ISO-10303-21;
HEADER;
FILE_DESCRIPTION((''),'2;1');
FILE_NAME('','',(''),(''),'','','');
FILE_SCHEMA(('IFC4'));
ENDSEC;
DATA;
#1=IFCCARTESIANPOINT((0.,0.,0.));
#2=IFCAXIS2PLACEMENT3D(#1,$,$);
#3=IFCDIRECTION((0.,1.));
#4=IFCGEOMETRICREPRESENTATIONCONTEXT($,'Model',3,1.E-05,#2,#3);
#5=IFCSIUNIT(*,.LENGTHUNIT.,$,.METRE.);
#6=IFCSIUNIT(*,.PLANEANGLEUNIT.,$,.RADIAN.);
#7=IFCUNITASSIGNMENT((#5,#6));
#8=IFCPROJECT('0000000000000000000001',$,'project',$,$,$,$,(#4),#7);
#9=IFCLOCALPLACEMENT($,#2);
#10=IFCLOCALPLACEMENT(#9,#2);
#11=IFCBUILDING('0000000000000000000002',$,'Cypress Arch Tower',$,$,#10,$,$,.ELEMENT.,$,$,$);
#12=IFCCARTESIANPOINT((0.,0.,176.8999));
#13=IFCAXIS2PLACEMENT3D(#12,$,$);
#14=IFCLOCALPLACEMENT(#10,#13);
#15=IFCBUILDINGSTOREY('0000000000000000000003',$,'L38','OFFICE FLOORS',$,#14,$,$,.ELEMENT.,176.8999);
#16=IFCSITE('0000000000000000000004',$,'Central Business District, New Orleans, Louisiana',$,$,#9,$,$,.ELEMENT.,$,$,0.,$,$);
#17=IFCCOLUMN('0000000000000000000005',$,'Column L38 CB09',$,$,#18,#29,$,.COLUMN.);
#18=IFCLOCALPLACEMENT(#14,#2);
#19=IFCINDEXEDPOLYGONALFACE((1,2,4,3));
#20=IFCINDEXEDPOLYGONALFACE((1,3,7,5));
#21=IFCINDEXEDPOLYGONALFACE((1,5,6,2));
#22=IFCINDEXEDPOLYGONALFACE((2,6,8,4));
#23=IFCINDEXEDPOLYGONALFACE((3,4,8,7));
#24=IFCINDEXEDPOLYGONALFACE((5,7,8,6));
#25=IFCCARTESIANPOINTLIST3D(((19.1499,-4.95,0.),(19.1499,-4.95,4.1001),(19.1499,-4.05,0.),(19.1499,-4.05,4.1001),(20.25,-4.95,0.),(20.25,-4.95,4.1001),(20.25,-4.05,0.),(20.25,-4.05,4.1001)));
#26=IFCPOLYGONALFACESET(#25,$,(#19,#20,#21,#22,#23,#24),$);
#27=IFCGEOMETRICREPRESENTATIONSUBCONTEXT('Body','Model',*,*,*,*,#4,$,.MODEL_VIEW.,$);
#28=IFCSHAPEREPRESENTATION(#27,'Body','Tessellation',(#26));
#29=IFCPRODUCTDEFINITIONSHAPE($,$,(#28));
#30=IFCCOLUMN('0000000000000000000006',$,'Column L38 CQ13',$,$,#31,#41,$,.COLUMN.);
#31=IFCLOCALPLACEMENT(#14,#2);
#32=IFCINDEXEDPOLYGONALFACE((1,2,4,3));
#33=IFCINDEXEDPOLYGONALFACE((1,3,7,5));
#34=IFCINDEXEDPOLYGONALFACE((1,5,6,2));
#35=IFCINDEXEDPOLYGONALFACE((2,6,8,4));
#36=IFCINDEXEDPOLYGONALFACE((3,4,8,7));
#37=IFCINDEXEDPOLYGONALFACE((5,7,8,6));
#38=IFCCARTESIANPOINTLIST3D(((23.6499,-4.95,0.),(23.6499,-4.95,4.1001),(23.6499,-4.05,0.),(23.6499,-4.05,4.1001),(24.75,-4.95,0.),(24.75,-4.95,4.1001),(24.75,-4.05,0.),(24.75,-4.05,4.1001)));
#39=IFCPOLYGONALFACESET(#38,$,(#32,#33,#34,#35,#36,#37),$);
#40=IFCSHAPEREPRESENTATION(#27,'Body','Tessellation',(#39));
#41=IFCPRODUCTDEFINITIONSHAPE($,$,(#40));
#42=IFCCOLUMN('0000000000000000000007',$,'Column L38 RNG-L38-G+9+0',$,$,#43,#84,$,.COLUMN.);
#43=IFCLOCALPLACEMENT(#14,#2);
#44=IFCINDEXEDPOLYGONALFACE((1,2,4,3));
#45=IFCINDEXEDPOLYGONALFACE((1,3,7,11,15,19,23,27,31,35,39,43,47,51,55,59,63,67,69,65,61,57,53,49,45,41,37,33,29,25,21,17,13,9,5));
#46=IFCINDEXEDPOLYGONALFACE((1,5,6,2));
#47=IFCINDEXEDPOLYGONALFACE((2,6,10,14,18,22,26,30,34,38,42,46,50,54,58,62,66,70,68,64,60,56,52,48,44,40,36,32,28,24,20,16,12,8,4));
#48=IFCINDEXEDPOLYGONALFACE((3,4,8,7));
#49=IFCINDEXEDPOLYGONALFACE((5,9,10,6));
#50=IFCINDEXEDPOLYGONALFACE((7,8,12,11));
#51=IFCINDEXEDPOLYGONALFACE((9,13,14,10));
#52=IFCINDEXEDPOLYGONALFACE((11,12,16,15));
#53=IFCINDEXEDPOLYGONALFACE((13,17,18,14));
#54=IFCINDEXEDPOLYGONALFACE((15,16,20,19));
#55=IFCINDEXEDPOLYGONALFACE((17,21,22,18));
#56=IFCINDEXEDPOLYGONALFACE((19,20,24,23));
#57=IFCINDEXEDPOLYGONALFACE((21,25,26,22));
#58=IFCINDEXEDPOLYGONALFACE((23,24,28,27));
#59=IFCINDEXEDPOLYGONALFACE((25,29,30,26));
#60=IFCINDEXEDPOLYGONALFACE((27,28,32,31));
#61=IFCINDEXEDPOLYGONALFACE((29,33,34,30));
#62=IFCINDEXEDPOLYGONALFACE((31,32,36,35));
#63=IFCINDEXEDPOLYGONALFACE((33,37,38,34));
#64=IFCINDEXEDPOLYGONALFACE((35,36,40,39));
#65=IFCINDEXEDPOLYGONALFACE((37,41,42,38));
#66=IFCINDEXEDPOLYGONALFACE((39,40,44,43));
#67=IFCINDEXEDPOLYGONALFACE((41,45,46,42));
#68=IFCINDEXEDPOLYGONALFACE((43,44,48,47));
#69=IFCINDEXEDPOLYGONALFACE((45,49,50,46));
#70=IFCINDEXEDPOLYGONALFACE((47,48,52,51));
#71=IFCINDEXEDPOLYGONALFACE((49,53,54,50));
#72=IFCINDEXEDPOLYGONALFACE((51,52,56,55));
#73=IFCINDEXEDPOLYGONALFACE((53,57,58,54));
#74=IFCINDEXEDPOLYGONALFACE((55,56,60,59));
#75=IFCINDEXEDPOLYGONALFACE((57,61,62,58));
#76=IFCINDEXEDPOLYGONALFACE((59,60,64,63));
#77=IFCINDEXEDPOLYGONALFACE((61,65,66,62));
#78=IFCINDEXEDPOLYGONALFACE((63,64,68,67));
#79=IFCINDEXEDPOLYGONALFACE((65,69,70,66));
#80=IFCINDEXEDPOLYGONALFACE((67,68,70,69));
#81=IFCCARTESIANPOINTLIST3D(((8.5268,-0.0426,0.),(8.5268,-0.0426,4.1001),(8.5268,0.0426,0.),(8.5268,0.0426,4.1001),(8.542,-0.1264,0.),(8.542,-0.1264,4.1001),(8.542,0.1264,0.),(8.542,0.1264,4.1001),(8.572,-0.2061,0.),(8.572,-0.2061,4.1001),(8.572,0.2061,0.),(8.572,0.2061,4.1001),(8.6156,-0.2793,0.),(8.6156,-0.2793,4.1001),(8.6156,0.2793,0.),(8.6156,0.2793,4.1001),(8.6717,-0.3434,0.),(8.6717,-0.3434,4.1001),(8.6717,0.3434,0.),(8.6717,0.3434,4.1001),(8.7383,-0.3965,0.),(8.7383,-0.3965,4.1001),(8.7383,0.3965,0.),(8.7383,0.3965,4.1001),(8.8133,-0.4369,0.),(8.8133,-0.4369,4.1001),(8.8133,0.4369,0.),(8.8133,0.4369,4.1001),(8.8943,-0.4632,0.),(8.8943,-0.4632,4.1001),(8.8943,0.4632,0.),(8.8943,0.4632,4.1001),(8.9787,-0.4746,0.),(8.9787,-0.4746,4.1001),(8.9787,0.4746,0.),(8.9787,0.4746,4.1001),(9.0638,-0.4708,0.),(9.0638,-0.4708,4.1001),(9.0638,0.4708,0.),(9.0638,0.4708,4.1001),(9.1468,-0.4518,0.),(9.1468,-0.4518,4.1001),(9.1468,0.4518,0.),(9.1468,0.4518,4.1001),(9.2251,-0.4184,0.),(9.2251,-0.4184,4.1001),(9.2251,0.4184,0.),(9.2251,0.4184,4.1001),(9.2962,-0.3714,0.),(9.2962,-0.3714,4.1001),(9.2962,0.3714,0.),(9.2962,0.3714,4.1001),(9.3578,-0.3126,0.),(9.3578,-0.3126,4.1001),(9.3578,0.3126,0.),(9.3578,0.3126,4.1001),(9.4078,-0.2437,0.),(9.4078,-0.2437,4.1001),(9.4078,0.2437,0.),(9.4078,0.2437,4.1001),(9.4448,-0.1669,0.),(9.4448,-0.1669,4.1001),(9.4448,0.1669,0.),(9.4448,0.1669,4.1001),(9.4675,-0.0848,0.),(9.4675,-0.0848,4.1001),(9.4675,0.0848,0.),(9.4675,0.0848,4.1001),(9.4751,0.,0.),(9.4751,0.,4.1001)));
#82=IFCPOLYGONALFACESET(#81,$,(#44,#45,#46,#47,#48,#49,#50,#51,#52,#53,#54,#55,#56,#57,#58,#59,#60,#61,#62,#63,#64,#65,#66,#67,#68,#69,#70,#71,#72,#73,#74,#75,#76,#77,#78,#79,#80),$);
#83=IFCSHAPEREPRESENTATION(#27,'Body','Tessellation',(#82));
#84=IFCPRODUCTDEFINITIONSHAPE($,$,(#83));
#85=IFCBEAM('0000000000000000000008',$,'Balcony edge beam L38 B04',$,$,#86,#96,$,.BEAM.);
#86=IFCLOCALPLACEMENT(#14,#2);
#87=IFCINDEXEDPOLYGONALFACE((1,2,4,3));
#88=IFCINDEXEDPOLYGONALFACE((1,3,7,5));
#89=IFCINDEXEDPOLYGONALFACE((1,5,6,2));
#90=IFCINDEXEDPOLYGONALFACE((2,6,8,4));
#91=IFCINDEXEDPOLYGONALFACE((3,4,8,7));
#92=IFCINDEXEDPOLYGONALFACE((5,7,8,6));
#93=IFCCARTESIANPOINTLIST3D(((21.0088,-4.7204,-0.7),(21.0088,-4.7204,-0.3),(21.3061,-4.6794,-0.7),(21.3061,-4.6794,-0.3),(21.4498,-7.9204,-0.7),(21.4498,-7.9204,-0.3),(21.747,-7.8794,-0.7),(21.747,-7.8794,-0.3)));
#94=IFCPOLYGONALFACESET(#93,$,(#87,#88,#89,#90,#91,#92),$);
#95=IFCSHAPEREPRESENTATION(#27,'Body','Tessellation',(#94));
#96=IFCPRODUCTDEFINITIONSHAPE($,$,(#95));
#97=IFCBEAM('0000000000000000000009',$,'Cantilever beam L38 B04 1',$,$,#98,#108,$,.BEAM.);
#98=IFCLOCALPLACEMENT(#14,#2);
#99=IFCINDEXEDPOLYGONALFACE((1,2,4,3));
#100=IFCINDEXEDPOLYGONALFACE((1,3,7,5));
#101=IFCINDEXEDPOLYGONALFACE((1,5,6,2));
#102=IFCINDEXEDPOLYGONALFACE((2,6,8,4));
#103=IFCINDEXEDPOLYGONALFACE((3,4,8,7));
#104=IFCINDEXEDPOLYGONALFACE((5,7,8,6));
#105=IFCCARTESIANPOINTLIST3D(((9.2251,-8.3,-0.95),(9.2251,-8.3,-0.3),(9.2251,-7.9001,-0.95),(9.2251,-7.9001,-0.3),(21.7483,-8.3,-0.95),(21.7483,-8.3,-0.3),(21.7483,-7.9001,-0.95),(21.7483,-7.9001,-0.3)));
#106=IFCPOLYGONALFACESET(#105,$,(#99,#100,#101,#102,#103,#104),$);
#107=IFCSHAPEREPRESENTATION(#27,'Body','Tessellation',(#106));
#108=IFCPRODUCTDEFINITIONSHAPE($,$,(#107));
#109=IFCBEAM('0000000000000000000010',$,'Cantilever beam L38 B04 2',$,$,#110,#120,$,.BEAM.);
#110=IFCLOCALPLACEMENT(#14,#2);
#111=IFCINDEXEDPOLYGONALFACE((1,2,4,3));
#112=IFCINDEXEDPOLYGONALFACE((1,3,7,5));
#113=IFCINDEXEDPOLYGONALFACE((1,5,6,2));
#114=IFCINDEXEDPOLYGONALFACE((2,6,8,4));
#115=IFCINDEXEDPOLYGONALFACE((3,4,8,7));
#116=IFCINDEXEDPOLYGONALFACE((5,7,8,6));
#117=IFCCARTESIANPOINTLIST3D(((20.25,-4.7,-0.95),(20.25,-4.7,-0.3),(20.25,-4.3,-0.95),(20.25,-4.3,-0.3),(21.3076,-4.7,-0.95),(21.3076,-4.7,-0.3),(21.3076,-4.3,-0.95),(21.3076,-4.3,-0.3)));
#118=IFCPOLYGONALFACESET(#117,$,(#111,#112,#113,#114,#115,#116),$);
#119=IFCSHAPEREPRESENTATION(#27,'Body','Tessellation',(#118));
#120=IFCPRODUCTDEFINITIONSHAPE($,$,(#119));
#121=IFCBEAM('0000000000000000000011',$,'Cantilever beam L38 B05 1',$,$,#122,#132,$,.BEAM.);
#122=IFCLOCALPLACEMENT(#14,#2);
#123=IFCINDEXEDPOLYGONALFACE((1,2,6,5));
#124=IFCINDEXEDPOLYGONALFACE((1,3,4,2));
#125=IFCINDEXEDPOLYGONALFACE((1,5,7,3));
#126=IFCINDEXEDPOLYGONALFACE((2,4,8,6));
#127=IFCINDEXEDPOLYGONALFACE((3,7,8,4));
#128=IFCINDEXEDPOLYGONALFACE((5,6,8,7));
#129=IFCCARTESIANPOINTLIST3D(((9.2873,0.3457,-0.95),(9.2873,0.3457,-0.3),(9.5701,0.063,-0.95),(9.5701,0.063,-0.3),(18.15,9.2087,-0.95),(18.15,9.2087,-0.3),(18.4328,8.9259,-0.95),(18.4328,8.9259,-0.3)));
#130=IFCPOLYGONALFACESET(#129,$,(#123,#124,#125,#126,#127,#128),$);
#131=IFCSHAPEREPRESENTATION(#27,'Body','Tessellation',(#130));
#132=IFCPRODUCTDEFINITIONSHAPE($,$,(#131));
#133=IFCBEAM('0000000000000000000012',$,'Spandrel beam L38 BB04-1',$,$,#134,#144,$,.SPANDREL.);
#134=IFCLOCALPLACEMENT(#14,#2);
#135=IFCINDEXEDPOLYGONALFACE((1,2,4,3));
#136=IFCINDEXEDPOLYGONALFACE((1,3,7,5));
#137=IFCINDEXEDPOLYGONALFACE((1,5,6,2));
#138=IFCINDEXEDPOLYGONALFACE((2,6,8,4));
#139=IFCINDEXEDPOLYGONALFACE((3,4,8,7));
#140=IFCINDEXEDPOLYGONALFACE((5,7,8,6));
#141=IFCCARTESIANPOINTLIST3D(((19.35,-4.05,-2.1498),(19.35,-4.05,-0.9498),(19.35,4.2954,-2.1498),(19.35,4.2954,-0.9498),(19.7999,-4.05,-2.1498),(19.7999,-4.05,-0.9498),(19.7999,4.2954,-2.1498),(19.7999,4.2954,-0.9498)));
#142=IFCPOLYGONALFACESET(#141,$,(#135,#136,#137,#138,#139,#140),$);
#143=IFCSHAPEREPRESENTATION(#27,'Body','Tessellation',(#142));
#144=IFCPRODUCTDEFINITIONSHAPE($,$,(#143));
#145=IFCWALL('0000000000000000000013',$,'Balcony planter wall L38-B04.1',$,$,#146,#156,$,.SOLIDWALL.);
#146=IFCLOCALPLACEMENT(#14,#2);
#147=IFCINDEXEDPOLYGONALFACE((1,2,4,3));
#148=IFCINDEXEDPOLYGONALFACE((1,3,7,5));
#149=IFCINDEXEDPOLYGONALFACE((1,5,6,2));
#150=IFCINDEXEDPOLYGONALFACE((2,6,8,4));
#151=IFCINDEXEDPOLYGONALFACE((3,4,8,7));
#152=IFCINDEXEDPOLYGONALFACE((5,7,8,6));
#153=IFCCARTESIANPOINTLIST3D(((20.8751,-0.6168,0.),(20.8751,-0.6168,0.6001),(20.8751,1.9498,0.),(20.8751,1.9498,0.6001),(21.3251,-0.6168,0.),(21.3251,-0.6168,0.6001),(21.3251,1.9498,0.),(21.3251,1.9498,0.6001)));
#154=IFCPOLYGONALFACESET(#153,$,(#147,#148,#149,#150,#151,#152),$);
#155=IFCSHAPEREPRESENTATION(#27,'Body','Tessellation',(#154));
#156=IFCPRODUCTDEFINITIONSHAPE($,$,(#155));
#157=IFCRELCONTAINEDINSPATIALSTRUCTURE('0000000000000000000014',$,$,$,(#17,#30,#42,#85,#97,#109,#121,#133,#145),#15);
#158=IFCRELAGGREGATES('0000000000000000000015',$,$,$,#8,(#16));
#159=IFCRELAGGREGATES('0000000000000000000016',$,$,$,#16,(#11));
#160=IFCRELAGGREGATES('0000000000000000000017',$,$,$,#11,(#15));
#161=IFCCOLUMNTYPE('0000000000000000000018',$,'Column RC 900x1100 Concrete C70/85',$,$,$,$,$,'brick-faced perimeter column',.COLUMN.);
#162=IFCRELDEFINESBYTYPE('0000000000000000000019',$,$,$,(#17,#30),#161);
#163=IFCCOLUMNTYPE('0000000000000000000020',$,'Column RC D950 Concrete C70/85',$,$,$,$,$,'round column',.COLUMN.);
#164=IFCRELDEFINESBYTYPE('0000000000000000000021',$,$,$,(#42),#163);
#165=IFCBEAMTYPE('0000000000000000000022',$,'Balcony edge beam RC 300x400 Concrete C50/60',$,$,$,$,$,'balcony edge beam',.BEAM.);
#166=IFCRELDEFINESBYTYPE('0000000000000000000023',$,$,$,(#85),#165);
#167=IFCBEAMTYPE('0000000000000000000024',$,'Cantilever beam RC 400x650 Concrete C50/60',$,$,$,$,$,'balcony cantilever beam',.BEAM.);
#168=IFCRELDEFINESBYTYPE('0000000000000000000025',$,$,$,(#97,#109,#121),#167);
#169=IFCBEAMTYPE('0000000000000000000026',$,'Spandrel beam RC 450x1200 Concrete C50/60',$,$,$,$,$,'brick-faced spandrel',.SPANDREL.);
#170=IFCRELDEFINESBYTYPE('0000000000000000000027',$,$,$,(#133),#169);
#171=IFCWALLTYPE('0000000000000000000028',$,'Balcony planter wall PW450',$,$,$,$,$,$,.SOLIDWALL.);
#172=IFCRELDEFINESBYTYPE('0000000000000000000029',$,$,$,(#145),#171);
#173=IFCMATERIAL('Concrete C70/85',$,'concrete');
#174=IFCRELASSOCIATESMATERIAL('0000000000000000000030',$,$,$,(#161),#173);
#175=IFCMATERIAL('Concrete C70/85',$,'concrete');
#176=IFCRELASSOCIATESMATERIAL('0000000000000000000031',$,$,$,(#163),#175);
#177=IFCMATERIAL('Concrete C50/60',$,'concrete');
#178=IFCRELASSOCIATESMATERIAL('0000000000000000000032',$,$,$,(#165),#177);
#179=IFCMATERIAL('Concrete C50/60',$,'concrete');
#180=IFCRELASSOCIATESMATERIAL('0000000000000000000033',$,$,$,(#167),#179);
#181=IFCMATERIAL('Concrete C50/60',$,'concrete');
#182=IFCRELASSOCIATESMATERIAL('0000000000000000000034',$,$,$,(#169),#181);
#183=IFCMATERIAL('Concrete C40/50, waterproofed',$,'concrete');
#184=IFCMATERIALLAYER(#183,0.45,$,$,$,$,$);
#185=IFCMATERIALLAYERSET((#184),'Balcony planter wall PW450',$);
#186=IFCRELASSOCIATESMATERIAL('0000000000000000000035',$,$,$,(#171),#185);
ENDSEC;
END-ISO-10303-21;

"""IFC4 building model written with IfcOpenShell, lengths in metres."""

from ifc_helpers import new_model, si_unit, direction, frame, frame_2d, origin, origin_2d, place, context, subcontext, project, spatial, rectangle, circle, extrude, material, layer, layer_set, material_profile, profile_set, type_object, element, save


model = new_model("IFC4")

# Units and contexts
model_context = context("Model", 3, precision=1e-05, world=origin(), true_north=direction((0.0, 1.0)))
body_context = subcontext(model_context, "Body", "Model", "MODEL_VIEW")
ifc_project = project(units=[si_unit("LENGTHUNIT", "METRE"), si_unit("PLANEANGLEUNIT", "RADIAN")], contexts=[model_context])

# Site, building, storey
site_placement = place(None, origin())
site = spatial("IfcSite", under=ifc_project, at=site_placement, Name="Central Business District, New Orleans, Louisiana", CompositionType="ELEMENT", RefElevation=0.0)
building_placement = place(site_placement, origin())
building = spatial("IfcBuilding", under=site, at=building_placement, Name="Cypress Arch Tower", CompositionType="ELEMENT")
storey_placement = place(building_placement, frame((0.0, 0.0, 176.8999)))
storey = spatial("IfcBuildingStorey", under=building, at=storey_placement, Name="L38", Description="OFFICE FLOORS", CompositionType="ELEMENT", Elevation=176.8999)

# Columns
ifc_material_1 = material(Name="Concrete C70/85", Category="concrete")
ifc_material_profile_1 = material_profile(ifc_material_1, rectangle(XDim=0.8999, YDim=1.1001, at=origin_2d()), Name="RC 900x1100")
ifc_profile_set_1 = profile_set([ifc_material_profile_1], Name="Concrete C70/85")
column_type_1 = type_object("IfcColumnType", Name="Column RC 900x1100 Concrete C70/85", ElementType="brick-faced perimeter column", PredefinedType="COLUMN", material=ifc_profile_set_1)
for number, where, z_axis, x_axis, name in (
    (1, (19.7, -4.5, 0.0), (0.0, 0.0, 1.0), (0.0, 1.0, 0.0), "Column L38 CB09"),
    (2, (24.2, -4.5, 0.0), (0.0, 0.0, 1.0), (0.0, 1.0, 0.0), "Column L38 CQ13"),
):
    element("IfcColumn", number, at=place(storey_placement, frame(where, z_axis=z_axis, x_axis=x_axis)), inside=storey, type_object=column_type_1, Name=name, PredefinedType="COLUMN", context=body_context, shape_type="SweptSolid", body=[
        extrude(rectangle(XDim=0.8999, YDim=1.1001, at=origin_2d()), origin(), (0.0, 0.0, 1.0), 4.1001),
    ])
ifc_material_2 = material(Name="Concrete C70/85", Category="concrete")
ifc_material_profile_2 = material_profile(ifc_material_2, circle(Radius=0.4751, at=origin_2d()), Name="RC D950")
ifc_profile_set_2 = profile_set([ifc_material_profile_2], Name="Concrete C70/85")
column_type_2 = type_object("IfcColumnType", Name="Column RC D950 Concrete C70/85", ElementType="round column", PredefinedType="COLUMN", material=ifc_profile_set_2)
column_placement = place(storey_placement, frame((9.0, 0.0, 0.0), z_axis=(0.0, 0.0, 1.0), x_axis=(1.0, 0.0, 0.0)))
element("IfcColumn", 3, at=column_placement, inside=storey, type_object=column_type_2, Name="Column L38 RNG-L38-G+9+0", PredefinedType="COLUMN", context=body_context, shape_type="SweptSolid", body=[
    extrude(circle(Radius=0.4751, at=origin_2d()), origin(), (0.0, 0.0, 1.0), 4.1001),
])

# Beams
ifc_material_3 = material(Name="Concrete C50/60", Category="concrete")
ifc_material_profile_3 = material_profile(ifc_material_3, rectangle(XDim=0.3, YDim=0.3999, at=origin_2d()), Name="RC 300x400")
ifc_profile_set_3 = profile_set([ifc_material_profile_3], Name="Concrete C50/60")
beam_type_1 = type_object("IfcBeamType", Name="Balcony edge beam RC 300x400 Concrete C50/60", ElementType="balcony edge beam", PredefinedType="BEAM", material=ifc_profile_set_3)
beam_1_placement = place(storey_placement, frame((21.5984, -7.8999, -0.5), z_axis=(-0.136499, 0.99064, 0.0), x_axis=(-0.99064, -0.136499, 0.0)))
element("IfcBeam", 4, at=beam_1_placement, inside=storey, type_object=beam_type_1, Name="Balcony edge beam L38 B04", PredefinedType="BEAM", context=body_context, shape_type="SweptSolid", body=[
    extrude(rectangle(XDim=0.3, YDim=0.3999, at=origin_2d()), origin(), (0.0, 0.0, 1.0), 3.2302),
])
ifc_material_4 = material(Name="Concrete C50/60", Category="concrete")
ifc_material_profile_4 = material_profile(ifc_material_4, rectangle(XDim=0.3999, YDim=0.6499, at=origin_2d()), Name="RC 400x650")
ifc_profile_set_4 = profile_set([ifc_material_profile_4], Name="Concrete C50/60")
beam_type_2 = type_object("IfcBeamType", Name="Cantilever beam RC 400x650 Concrete C50/60", ElementType="balcony cantilever beam", PredefinedType="BEAM", material=ifc_profile_set_4)
beam_2_placement = place(storey_placement, frame((9.2251, -8.1001, -0.625), z_axis=(1.0, 0.0, 0.0), x_axis=(0.0, 1.0, 0.0)))
element("IfcBeam", 5, at=beam_2_placement, inside=storey, type_object=beam_type_2, Name="Cantilever beam L38 B04 1", PredefinedType="BEAM", context=body_context, shape_type="SweptSolid", body=[
    extrude(rectangle(XDim=0.3999, YDim=0.6499, at=origin_2d()), origin(), (0.0, 0.0, 1.0), 12.5232),
])
beam_3_placement = place(storey_placement, frame((20.25, -4.5, -0.625), z_axis=(1.0, 0.0, 0.0), x_axis=(0.0, 1.0, 0.0)))
element("IfcBeam", 6, at=beam_3_placement, inside=storey, type_object=beam_type_2, Name="Cantilever beam L38 B04 2", PredefinedType="BEAM", context=body_context, shape_type="SweptSolid", body=[
    extrude(rectangle(XDim=0.3999, YDim=0.6499, at=origin_2d()), origin(), (0.0, 0.0, 1.0), 1.0576),
])
beam_4_placement = place(storey_placement, frame((9.4287, 0.2043, -0.625), z_axis=(0.707097, 0.707117, 0.0), x_axis=(-0.707117, 0.707097, 0.0)))
element("IfcBeam", 7, at=beam_4_placement, inside=storey, type_object=beam_type_2, Name="Cantilever beam L38 B05 1", PredefinedType="BEAM", context=body_context, shape_type="SweptSolid", body=[
    extrude(rectangle(XDim=0.3999, YDim=0.6499, at=origin_2d()), origin(), (0.0, 0.0, 1.0), 12.5339),
])
ifc_material_5 = material(Name="Concrete C50/60", Category="concrete")
ifc_material_profile_5 = material_profile(ifc_material_5, rectangle(XDim=0.45, YDim=1.2, at=origin_2d()), Name="RC 450x1200")
ifc_profile_set_5 = profile_set([ifc_material_profile_5], Name="Concrete C50/60")
beam_type_3 = type_object("IfcBeamType", Name="Spandrel beam RC 450x1200 Concrete C50/60", ElementType="brick-faced spandrel", PredefinedType="SPANDREL", material=ifc_profile_set_5)
beam_5_placement = place(storey_placement, frame((19.575, -4.05, -1.5498), z_axis=(0.0, 1.0, 0.0), x_axis=(-1.0, 0.0, 0.0)))
element("IfcBeam", 8, at=beam_5_placement, inside=storey, type_object=beam_type_3, Name="Spandrel beam L38 BB04-1", PredefinedType="SPANDREL", context=body_context, shape_type="SweptSolid", body=[
    extrude(rectangle(XDim=0.45, YDim=1.2, at=origin_2d()), origin(), (0.0, 0.0, 1.0), 8.3455),
])

# Wall
ifc_material_6 = material(Name="Concrete C40/50, waterproofed", Category="concrete")
ifc_layer_1 = layer(ifc_material_6, 0.45)
ifc_layer_set_1 = layer_set([ifc_layer_1], Name="Balcony planter wall PW450")
wall_type_1 = type_object("IfcWallType", Name="Balcony planter wall PW450", PredefinedType="SOLIDWALL", material=ifc_layer_set_1)
wall_1_placement = place(storey_placement, frame((21.1001, -0.6167, 0.0), z_axis=(0.0, 0.0, 1.0), x_axis=(0.0, 1.0, 0.0)))
element("IfcWall", 9, at=wall_1_placement, inside=storey, type_object=wall_type_1, Name="Balcony planter wall L38-B04.1", PredefinedType="SOLIDWALL", context=body_context, shape_type="SweptSolid", body=[
    extrude(rectangle(XDim=2.5667, YDim=0.45, at=frame_2d((1.2832, 0.0))), origin(), (0.0, 0.0, 1.0), 0.6001),
])

save(model, "model.ifc")
